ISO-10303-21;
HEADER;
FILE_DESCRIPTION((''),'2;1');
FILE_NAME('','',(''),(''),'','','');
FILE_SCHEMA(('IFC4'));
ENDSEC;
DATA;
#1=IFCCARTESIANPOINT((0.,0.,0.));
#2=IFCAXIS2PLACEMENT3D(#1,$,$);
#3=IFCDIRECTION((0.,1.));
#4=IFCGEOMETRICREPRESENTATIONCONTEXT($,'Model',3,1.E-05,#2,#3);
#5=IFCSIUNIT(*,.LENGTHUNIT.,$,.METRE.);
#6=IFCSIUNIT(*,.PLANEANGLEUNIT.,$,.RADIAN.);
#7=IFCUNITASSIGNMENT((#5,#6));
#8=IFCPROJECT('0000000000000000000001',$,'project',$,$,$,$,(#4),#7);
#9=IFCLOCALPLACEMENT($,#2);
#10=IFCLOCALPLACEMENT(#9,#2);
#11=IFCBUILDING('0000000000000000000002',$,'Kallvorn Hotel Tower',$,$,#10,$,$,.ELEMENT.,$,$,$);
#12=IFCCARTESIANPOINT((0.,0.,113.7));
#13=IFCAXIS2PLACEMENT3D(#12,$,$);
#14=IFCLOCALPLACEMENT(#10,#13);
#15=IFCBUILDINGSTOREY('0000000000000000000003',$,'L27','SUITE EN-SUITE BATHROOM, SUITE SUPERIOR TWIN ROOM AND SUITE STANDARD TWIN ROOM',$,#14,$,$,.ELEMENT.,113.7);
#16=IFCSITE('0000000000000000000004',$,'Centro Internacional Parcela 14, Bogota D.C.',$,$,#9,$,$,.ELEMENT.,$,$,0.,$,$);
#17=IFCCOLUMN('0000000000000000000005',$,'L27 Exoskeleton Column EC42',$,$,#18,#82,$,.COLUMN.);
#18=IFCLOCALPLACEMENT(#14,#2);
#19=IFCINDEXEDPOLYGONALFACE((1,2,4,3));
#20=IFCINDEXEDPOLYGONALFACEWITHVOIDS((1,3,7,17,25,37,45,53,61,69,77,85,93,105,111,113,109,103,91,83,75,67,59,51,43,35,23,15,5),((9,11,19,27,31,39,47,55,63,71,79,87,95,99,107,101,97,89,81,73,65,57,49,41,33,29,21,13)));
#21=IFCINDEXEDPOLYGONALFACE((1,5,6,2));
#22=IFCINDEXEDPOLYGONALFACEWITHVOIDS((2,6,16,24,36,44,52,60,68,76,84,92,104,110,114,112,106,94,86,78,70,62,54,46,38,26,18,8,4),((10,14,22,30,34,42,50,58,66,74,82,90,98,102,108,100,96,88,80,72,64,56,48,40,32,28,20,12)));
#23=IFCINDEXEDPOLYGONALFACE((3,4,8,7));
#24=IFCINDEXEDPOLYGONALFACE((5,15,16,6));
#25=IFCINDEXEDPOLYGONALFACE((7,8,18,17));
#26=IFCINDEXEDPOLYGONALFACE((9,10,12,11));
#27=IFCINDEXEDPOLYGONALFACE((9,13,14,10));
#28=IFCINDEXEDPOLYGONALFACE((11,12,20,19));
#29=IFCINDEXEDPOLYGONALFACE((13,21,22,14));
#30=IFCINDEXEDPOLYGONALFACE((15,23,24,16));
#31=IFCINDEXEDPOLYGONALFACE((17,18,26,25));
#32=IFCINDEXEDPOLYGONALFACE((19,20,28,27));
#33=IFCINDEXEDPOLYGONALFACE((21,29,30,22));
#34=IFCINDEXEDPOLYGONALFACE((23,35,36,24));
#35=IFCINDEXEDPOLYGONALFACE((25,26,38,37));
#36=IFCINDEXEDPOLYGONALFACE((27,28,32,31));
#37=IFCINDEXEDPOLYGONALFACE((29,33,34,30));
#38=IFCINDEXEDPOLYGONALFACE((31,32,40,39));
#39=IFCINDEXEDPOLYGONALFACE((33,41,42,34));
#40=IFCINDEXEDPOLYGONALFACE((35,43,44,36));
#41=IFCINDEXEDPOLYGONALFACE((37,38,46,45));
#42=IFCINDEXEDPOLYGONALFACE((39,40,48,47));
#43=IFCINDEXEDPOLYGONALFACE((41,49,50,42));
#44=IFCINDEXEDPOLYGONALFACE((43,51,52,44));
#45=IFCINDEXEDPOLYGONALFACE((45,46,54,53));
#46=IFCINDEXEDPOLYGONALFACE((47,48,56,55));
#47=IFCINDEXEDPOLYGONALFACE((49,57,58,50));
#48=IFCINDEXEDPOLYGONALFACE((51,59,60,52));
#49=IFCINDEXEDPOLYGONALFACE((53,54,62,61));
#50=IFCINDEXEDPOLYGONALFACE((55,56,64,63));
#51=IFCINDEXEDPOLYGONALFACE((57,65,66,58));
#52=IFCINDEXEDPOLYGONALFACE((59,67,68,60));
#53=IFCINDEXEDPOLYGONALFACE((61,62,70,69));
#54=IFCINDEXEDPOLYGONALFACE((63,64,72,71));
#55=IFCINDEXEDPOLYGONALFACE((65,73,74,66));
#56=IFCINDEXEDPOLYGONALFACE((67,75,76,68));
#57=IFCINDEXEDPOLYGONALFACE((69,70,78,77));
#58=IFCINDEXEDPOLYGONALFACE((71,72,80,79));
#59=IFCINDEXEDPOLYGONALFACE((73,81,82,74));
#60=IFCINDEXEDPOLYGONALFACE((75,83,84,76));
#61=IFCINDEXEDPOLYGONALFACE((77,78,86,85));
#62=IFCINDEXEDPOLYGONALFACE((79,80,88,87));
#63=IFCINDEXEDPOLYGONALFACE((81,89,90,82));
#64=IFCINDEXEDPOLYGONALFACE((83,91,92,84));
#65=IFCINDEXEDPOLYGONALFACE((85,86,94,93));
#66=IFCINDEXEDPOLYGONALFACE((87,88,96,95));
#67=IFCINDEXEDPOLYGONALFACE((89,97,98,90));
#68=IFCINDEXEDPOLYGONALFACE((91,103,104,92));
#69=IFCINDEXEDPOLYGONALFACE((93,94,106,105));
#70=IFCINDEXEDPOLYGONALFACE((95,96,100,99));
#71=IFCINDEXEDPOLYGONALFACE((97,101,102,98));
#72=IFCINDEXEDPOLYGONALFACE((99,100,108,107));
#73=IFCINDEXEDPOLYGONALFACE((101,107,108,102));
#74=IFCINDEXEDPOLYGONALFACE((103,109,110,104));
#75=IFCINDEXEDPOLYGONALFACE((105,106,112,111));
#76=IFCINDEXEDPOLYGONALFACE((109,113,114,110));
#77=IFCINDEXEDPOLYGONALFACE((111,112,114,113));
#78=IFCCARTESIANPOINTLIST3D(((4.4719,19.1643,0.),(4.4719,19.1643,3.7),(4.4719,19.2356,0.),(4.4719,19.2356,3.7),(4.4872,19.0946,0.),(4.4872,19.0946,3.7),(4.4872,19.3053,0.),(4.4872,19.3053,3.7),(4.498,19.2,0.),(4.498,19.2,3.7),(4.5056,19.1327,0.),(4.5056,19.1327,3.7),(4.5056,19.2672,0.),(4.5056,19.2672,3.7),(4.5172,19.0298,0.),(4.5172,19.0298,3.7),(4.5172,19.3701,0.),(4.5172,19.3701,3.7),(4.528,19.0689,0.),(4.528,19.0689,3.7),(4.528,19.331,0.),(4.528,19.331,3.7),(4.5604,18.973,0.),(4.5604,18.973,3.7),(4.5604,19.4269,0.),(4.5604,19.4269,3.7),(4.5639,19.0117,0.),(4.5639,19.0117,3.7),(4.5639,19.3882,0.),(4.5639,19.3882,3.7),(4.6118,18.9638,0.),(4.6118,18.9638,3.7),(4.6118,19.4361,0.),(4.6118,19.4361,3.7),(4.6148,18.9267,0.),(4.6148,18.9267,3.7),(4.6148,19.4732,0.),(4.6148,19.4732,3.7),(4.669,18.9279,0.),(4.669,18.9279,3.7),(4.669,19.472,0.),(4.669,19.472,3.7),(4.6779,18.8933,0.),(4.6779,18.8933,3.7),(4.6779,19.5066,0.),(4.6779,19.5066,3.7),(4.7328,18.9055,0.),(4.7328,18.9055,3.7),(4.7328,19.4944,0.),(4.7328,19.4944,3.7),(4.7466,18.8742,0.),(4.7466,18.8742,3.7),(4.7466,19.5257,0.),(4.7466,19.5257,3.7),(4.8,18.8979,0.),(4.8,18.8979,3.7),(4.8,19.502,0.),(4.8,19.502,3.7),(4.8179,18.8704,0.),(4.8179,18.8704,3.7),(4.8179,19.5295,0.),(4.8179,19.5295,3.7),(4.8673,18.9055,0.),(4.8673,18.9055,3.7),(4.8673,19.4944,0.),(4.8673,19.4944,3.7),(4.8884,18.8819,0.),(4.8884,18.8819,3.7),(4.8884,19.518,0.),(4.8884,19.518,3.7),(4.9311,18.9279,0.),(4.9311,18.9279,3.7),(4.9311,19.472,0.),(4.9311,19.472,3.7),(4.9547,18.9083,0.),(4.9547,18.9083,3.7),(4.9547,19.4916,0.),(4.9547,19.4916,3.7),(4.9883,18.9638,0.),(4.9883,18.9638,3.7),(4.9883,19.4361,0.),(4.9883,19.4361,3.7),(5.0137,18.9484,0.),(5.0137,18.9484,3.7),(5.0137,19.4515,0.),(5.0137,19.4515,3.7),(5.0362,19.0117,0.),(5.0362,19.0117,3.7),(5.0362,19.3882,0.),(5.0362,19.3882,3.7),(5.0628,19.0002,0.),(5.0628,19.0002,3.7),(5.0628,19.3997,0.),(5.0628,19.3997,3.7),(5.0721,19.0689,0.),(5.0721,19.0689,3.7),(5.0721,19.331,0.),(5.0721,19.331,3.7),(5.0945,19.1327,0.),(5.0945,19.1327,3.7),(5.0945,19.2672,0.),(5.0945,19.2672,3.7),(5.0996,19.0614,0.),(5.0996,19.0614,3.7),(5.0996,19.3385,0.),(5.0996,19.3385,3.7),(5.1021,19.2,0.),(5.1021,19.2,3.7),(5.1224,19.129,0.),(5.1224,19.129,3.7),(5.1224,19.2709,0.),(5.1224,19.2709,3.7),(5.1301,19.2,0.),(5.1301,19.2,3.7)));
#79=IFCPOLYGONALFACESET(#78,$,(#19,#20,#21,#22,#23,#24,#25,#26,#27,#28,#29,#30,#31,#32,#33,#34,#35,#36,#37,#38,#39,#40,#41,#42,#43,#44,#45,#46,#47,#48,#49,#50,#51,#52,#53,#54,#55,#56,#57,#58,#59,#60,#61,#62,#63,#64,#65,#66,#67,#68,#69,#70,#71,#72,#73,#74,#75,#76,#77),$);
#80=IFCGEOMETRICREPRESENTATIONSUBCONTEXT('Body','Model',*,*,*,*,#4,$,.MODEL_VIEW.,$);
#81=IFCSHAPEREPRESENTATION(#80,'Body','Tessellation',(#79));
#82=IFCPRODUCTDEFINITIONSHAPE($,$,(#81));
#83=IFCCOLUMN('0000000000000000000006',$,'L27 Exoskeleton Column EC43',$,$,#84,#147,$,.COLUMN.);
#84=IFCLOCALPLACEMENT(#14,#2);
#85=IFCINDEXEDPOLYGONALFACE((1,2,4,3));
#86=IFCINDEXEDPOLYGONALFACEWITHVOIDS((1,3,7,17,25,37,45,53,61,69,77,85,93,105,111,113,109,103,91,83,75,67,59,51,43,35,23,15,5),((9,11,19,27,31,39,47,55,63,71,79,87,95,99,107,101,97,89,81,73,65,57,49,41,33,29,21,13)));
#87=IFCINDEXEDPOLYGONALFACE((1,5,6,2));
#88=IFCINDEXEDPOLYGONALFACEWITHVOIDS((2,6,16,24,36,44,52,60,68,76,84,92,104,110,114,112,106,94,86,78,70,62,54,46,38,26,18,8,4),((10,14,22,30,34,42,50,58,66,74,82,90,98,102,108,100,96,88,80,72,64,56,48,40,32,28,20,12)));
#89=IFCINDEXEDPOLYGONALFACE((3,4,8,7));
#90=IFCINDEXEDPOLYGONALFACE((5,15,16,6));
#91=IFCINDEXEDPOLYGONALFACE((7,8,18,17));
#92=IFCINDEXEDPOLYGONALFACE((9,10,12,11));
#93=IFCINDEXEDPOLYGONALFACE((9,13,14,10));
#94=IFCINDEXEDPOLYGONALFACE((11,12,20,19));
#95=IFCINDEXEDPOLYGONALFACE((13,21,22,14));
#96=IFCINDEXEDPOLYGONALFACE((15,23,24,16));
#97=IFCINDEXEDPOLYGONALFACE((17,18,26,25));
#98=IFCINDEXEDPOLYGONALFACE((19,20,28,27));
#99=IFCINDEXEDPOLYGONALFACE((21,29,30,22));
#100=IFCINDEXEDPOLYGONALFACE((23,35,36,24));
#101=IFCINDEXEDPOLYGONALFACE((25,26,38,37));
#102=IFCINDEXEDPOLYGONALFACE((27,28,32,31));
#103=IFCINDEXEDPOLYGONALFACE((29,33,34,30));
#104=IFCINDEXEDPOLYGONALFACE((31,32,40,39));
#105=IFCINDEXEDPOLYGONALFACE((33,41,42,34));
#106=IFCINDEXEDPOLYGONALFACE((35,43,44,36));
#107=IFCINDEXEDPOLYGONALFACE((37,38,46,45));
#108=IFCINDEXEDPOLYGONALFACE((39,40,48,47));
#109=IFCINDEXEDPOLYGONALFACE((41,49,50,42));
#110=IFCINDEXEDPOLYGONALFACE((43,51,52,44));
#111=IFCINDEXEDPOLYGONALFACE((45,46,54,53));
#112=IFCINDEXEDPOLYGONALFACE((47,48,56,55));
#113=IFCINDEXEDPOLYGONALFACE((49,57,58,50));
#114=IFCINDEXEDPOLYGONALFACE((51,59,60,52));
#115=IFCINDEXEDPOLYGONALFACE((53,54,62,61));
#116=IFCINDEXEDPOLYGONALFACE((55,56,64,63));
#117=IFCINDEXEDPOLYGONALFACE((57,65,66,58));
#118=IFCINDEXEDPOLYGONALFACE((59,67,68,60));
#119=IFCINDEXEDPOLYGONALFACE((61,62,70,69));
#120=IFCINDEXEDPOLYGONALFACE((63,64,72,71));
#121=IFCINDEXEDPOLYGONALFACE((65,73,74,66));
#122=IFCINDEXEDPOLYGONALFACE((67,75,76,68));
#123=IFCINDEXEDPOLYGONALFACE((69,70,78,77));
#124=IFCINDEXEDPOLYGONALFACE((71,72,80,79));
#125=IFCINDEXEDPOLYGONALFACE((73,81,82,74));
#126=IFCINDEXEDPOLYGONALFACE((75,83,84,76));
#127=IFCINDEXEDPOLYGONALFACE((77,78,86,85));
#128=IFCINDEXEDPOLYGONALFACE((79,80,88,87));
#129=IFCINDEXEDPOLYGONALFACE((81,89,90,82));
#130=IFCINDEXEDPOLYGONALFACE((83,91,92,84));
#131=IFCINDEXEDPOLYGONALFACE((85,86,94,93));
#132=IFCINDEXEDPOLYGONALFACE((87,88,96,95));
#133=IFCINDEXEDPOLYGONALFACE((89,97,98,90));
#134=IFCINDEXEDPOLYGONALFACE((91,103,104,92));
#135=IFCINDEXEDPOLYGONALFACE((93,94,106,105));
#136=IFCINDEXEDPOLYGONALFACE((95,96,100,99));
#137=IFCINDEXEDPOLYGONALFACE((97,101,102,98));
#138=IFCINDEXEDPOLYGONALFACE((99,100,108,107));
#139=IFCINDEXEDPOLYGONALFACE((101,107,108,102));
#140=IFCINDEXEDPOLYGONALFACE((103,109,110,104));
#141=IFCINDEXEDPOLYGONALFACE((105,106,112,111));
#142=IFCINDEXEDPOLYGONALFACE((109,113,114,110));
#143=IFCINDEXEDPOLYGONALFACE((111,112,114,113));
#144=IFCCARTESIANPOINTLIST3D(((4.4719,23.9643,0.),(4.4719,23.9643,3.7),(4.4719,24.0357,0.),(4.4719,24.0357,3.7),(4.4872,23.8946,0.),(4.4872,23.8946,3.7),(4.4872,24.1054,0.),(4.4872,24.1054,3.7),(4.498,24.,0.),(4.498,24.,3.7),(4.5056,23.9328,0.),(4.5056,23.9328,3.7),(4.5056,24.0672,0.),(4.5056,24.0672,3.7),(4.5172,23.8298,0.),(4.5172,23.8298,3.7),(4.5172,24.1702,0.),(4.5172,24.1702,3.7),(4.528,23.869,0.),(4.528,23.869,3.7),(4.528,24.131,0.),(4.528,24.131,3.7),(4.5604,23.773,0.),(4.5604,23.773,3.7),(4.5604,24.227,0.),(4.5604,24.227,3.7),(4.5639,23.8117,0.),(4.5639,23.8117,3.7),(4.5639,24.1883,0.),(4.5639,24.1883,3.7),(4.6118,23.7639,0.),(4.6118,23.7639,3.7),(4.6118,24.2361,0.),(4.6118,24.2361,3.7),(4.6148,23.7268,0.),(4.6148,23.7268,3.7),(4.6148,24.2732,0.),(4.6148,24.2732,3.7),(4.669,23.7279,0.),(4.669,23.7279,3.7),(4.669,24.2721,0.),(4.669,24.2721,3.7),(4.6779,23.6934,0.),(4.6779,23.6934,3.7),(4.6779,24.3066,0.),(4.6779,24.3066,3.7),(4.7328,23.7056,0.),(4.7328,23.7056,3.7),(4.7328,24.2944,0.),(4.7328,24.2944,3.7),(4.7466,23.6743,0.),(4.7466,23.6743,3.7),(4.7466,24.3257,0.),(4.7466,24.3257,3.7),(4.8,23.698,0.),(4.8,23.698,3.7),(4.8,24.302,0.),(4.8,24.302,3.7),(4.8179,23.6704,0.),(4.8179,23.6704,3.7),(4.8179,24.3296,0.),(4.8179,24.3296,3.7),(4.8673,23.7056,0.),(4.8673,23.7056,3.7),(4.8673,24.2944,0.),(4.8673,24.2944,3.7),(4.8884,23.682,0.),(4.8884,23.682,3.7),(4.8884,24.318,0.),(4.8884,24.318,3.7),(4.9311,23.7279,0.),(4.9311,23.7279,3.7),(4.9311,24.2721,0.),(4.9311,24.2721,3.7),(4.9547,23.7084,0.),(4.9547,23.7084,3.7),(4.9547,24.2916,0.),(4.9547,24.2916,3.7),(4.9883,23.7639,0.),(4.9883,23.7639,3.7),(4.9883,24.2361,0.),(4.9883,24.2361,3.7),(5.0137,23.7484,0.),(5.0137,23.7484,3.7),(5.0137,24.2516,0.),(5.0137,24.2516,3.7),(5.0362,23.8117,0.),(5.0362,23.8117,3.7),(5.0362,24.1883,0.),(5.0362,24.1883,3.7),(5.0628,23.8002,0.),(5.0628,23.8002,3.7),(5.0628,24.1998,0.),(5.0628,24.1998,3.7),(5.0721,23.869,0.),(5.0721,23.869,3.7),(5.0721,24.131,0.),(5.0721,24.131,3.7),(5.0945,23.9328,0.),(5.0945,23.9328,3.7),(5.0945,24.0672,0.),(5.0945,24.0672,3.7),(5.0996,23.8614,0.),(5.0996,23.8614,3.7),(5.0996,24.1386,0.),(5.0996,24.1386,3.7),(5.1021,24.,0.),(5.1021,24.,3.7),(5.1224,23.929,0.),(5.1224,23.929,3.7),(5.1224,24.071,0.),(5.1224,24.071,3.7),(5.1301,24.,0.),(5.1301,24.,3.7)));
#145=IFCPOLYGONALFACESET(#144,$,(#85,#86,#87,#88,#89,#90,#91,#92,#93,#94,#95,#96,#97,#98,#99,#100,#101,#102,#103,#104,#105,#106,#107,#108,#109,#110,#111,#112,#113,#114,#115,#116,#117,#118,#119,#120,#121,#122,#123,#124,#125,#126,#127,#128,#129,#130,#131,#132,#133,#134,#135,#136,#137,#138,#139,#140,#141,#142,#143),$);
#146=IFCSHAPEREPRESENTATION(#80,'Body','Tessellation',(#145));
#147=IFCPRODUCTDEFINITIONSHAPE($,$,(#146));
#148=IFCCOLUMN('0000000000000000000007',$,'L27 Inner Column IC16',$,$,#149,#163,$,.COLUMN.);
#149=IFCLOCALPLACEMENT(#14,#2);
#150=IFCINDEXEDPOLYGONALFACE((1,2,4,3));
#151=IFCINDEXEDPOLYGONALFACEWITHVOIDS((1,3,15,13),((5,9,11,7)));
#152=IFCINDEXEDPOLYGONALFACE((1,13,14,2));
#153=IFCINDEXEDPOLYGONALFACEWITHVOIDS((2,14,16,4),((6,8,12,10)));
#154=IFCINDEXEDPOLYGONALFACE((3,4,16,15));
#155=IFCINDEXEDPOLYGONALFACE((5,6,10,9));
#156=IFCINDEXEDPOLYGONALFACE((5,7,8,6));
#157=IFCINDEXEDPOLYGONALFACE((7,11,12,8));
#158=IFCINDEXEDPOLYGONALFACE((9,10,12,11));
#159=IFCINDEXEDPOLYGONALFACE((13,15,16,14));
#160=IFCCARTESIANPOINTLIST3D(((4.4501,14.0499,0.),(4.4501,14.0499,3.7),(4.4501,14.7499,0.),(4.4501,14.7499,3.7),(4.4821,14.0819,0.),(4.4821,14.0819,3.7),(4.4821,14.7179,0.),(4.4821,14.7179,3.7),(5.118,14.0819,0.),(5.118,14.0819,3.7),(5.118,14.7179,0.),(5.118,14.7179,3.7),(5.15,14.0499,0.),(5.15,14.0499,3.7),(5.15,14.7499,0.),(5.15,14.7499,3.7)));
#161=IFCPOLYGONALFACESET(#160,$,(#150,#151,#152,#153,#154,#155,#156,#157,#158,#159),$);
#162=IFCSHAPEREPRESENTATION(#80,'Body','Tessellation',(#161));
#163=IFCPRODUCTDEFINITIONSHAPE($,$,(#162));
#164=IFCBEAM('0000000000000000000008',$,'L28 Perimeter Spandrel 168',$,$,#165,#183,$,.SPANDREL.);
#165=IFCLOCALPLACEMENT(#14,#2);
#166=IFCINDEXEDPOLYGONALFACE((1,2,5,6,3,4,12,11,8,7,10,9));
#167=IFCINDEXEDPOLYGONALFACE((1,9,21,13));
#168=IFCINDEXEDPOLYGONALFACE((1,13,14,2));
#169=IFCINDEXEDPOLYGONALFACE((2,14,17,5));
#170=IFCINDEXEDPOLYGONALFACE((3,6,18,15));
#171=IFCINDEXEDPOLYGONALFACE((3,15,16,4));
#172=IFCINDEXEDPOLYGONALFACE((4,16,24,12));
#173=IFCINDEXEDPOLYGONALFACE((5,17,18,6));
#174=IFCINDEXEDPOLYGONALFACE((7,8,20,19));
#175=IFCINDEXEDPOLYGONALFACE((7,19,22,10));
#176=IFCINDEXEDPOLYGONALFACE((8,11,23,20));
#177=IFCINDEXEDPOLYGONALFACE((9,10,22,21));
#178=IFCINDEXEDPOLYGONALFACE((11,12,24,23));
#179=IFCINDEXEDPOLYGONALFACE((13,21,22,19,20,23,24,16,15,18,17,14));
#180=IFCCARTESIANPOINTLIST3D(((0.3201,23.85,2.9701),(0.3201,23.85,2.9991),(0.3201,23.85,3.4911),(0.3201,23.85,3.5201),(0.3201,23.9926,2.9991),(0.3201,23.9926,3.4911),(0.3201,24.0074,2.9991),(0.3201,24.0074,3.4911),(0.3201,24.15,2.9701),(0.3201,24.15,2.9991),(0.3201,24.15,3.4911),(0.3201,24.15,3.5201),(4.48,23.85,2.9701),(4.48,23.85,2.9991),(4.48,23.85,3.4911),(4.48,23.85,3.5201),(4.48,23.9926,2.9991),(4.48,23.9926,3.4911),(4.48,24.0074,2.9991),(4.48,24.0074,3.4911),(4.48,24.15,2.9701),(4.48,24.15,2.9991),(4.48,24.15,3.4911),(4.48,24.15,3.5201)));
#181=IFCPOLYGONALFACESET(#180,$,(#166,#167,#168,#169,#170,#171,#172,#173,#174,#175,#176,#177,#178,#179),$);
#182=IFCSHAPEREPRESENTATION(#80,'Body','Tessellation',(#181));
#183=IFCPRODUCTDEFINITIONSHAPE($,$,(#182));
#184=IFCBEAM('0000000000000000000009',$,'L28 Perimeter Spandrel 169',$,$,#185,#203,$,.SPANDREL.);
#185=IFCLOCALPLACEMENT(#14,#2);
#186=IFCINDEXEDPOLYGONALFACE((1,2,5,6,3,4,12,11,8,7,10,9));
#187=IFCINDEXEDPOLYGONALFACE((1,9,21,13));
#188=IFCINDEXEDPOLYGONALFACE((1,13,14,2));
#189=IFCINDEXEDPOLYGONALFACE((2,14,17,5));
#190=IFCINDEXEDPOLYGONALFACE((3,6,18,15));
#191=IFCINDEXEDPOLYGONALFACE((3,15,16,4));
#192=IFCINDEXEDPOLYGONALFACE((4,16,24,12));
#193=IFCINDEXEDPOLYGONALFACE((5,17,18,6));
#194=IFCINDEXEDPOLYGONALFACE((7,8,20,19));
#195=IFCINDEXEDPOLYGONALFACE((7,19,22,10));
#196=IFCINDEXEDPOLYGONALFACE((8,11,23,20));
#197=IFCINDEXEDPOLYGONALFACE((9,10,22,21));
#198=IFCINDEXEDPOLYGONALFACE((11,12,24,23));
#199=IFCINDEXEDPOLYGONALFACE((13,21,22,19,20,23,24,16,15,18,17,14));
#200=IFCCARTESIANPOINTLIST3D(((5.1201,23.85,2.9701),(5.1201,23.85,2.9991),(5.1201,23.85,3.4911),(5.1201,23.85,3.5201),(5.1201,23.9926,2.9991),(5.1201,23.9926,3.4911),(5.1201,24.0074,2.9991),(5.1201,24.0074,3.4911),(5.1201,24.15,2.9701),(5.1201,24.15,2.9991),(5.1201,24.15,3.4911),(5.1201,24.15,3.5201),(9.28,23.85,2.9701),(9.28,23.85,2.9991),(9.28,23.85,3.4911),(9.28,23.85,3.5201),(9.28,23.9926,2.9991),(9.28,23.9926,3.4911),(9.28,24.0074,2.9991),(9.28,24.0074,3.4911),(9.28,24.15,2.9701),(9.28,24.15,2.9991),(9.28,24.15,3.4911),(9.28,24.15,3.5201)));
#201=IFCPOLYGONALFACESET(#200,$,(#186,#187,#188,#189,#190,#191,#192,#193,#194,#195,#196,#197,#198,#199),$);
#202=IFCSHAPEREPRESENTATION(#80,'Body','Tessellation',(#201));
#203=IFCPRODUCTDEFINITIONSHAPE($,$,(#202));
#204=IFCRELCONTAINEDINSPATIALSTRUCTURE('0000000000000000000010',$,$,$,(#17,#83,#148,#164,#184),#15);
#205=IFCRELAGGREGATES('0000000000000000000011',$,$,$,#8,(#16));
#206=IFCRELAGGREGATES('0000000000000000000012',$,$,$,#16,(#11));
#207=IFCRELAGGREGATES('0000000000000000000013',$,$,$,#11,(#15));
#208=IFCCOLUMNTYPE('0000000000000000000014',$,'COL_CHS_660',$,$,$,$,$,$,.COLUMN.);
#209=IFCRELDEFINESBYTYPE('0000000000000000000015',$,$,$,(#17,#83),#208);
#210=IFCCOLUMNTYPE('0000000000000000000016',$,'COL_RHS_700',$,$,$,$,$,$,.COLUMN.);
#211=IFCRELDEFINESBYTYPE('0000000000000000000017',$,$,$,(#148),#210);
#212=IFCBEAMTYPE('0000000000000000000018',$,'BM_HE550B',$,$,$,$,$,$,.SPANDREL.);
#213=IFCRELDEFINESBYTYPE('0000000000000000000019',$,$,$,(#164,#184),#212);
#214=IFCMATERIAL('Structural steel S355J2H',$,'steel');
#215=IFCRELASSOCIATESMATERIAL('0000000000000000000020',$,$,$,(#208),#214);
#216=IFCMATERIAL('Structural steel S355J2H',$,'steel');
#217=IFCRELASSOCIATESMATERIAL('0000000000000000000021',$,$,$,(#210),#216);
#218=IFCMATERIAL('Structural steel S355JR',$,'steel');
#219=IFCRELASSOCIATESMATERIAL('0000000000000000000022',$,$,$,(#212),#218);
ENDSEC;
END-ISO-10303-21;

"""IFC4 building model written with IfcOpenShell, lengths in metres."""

from ifc_helpers import new_model, si_unit, direction, frame, origin, origin_2d, place, context, subcontext, project, spatial, hollow_rectangle, hollow_circle, i_section, extrude, material, material_profile, profile_set, type_object, element, save


model = new_model("IFC4")

# Units and contexts
model_context = context("Model", 3, precision=1e-05, world=origin(), true_north=direction((0.0, 1.0)))
body_context = subcontext(model_context, "Body", "Model", "MODEL_VIEW")
ifc_project = project(units=[si_unit("LENGTHUNIT", "METRE"), si_unit("PLANEANGLEUNIT", "RADIAN")], contexts=[model_context])

# Site, building, storey
site_placement = place(None, origin())
site = spatial("IfcSite", under=ifc_project, at=site_placement, Name="Centro Internacional Parcela 14, Bogota D.C.", CompositionType="ELEMENT", RefElevation=0.0)
building_placement = place(site_placement, origin())
building = spatial("IfcBuilding", under=site, at=building_placement, Name="Kallvorn Hotel Tower", CompositionType="ELEMENT")
storey_placement = place(building_placement, frame((0.0, 0.0, 113.7)))
storey = spatial("IfcBuildingStorey", under=building, at=storey_placement, Name="L27", Description="SUITE EN-SUITE BATHROOM, SUITE SUPERIOR TWIN ROOM AND SUITE STANDARD TWIN ROOM", CompositionType="ELEMENT", Elevation=113.7)

# Columns
ifc_material_1 = material(Name="Structural steel S355J2H", Category="steel")
ifc_material_profile_1 = material_profile(ifc_material_1, hollow_circle(Radius=0.3301, WallThickness=0.0281, at=origin_2d()), Name="CHS 660x28")
ifc_profile_set_1 = profile_set([ifc_material_profile_1], Name="Structural steel S355J2H")
column_type_1 = type_object("IfcColumnType", Name="COL_CHS_660", PredefinedType="COLUMN", material=ifc_profile_set_1)
for number, where, z_axis, x_axis, name in (
    (1, (4.8, 19.2, 0.0), (0.0, 0.0, 1.0), (1.0, 0.0, 0.0), "L27 Exoskeleton Column EC42"),
    (2, (4.8, 24.0, 0.0), (0.0, 0.0, 1.0), (1.0, 0.0, 0.0), "L27 Exoskeleton Column EC43"),
):
    element("IfcColumn", number, at=place(storey_placement, frame(where, z_axis=z_axis, x_axis=x_axis)), inside=storey, type_object=column_type_1, Name=name, PredefinedType="COLUMN", context=body_context, shape_type="SweptSolid", body=[
        extrude(hollow_circle(Radius=0.3301, WallThickness=0.0281, at=origin_2d()), origin(), (0.0, 0.0, 1.0), 3.7),
    ])
ifc_material_2 = material(Name="Structural steel S355J2H", Category="steel")
ifc_material_profile_2 = material_profile(ifc_material_2, hollow_rectangle(XDim=0.7, YDim=0.7, WallThickness=0.032, at=origin_2d()), Name="RHS 700x700x32")
ifc_profile_set_2 = profile_set([ifc_material_profile_2], Name="Structural steel S355J2H")
column_type_2 = type_object("IfcColumnType", Name="COL_RHS_700", PredefinedType="COLUMN", material=ifc_profile_set_2)
column_placement = place(storey_placement, frame((4.8, 14.3999, 0.0), z_axis=(0.0, 0.0, 1.0), x_axis=(1.0, 0.0, 0.0)))
element("IfcColumn", 3, at=column_placement, inside=storey, type_object=column_type_2, Name="L27 Inner Column IC16", PredefinedType="COLUMN", context=body_context, shape_type="SweptSolid", body=[
    extrude(hollow_rectangle(XDim=0.7, YDim=0.7, WallThickness=0.032, at=origin_2d()), origin(), (0.0, 0.0, 1.0), 3.7),
])

# Beams
ifc_material_3 = material(Name="Structural steel S355JR", Category="steel")
ifc_material_profile_3 = material_profile(ifc_material_3, i_section(OverallWidth=0.3, OverallDepth=0.55, WebThickness=0.0149, FlangeThickness=0.0291, at=origin_2d()), Name="HE 550 B")
ifc_profile_set_3 = profile_set([ifc_material_profile_3], Name="Structural steel S355JR")
beam_type_1 = type_object("IfcBeamType", Name="BM_HE550B", PredefinedType="SPANDREL", material=ifc_profile_set_3)
for number, where, z_axis, x_axis, name in (
    (4, (0.3201, 24.0, 3.2451), (1.0, 0.0, 0.0), (0.0, 1.0, 0.0), "L28 Perimeter Spandrel 168"),
    (5, (5.1201, 24.0, 3.2451), (1.0, 0.0, 0.0), (0.0, 1.0, 0.0), "L28 Perimeter Spandrel 169"),
):
    element("IfcBeam", number, at=place(storey_placement, frame(where, z_axis=z_axis, x_axis=x_axis)), inside=storey, type_object=beam_type_1, Name=name, PredefinedType="SPANDREL", context=body_context, shape_type="SweptSolid", body=[
        extrude(i_section(OverallWidth=0.3, OverallDepth=0.55, WebThickness=0.0149, FlangeThickness=0.0291, at=origin_2d()), origin(), (0.0, 0.0, 1.0), 4.1599),
    ])

save(model, "model.ifc")
